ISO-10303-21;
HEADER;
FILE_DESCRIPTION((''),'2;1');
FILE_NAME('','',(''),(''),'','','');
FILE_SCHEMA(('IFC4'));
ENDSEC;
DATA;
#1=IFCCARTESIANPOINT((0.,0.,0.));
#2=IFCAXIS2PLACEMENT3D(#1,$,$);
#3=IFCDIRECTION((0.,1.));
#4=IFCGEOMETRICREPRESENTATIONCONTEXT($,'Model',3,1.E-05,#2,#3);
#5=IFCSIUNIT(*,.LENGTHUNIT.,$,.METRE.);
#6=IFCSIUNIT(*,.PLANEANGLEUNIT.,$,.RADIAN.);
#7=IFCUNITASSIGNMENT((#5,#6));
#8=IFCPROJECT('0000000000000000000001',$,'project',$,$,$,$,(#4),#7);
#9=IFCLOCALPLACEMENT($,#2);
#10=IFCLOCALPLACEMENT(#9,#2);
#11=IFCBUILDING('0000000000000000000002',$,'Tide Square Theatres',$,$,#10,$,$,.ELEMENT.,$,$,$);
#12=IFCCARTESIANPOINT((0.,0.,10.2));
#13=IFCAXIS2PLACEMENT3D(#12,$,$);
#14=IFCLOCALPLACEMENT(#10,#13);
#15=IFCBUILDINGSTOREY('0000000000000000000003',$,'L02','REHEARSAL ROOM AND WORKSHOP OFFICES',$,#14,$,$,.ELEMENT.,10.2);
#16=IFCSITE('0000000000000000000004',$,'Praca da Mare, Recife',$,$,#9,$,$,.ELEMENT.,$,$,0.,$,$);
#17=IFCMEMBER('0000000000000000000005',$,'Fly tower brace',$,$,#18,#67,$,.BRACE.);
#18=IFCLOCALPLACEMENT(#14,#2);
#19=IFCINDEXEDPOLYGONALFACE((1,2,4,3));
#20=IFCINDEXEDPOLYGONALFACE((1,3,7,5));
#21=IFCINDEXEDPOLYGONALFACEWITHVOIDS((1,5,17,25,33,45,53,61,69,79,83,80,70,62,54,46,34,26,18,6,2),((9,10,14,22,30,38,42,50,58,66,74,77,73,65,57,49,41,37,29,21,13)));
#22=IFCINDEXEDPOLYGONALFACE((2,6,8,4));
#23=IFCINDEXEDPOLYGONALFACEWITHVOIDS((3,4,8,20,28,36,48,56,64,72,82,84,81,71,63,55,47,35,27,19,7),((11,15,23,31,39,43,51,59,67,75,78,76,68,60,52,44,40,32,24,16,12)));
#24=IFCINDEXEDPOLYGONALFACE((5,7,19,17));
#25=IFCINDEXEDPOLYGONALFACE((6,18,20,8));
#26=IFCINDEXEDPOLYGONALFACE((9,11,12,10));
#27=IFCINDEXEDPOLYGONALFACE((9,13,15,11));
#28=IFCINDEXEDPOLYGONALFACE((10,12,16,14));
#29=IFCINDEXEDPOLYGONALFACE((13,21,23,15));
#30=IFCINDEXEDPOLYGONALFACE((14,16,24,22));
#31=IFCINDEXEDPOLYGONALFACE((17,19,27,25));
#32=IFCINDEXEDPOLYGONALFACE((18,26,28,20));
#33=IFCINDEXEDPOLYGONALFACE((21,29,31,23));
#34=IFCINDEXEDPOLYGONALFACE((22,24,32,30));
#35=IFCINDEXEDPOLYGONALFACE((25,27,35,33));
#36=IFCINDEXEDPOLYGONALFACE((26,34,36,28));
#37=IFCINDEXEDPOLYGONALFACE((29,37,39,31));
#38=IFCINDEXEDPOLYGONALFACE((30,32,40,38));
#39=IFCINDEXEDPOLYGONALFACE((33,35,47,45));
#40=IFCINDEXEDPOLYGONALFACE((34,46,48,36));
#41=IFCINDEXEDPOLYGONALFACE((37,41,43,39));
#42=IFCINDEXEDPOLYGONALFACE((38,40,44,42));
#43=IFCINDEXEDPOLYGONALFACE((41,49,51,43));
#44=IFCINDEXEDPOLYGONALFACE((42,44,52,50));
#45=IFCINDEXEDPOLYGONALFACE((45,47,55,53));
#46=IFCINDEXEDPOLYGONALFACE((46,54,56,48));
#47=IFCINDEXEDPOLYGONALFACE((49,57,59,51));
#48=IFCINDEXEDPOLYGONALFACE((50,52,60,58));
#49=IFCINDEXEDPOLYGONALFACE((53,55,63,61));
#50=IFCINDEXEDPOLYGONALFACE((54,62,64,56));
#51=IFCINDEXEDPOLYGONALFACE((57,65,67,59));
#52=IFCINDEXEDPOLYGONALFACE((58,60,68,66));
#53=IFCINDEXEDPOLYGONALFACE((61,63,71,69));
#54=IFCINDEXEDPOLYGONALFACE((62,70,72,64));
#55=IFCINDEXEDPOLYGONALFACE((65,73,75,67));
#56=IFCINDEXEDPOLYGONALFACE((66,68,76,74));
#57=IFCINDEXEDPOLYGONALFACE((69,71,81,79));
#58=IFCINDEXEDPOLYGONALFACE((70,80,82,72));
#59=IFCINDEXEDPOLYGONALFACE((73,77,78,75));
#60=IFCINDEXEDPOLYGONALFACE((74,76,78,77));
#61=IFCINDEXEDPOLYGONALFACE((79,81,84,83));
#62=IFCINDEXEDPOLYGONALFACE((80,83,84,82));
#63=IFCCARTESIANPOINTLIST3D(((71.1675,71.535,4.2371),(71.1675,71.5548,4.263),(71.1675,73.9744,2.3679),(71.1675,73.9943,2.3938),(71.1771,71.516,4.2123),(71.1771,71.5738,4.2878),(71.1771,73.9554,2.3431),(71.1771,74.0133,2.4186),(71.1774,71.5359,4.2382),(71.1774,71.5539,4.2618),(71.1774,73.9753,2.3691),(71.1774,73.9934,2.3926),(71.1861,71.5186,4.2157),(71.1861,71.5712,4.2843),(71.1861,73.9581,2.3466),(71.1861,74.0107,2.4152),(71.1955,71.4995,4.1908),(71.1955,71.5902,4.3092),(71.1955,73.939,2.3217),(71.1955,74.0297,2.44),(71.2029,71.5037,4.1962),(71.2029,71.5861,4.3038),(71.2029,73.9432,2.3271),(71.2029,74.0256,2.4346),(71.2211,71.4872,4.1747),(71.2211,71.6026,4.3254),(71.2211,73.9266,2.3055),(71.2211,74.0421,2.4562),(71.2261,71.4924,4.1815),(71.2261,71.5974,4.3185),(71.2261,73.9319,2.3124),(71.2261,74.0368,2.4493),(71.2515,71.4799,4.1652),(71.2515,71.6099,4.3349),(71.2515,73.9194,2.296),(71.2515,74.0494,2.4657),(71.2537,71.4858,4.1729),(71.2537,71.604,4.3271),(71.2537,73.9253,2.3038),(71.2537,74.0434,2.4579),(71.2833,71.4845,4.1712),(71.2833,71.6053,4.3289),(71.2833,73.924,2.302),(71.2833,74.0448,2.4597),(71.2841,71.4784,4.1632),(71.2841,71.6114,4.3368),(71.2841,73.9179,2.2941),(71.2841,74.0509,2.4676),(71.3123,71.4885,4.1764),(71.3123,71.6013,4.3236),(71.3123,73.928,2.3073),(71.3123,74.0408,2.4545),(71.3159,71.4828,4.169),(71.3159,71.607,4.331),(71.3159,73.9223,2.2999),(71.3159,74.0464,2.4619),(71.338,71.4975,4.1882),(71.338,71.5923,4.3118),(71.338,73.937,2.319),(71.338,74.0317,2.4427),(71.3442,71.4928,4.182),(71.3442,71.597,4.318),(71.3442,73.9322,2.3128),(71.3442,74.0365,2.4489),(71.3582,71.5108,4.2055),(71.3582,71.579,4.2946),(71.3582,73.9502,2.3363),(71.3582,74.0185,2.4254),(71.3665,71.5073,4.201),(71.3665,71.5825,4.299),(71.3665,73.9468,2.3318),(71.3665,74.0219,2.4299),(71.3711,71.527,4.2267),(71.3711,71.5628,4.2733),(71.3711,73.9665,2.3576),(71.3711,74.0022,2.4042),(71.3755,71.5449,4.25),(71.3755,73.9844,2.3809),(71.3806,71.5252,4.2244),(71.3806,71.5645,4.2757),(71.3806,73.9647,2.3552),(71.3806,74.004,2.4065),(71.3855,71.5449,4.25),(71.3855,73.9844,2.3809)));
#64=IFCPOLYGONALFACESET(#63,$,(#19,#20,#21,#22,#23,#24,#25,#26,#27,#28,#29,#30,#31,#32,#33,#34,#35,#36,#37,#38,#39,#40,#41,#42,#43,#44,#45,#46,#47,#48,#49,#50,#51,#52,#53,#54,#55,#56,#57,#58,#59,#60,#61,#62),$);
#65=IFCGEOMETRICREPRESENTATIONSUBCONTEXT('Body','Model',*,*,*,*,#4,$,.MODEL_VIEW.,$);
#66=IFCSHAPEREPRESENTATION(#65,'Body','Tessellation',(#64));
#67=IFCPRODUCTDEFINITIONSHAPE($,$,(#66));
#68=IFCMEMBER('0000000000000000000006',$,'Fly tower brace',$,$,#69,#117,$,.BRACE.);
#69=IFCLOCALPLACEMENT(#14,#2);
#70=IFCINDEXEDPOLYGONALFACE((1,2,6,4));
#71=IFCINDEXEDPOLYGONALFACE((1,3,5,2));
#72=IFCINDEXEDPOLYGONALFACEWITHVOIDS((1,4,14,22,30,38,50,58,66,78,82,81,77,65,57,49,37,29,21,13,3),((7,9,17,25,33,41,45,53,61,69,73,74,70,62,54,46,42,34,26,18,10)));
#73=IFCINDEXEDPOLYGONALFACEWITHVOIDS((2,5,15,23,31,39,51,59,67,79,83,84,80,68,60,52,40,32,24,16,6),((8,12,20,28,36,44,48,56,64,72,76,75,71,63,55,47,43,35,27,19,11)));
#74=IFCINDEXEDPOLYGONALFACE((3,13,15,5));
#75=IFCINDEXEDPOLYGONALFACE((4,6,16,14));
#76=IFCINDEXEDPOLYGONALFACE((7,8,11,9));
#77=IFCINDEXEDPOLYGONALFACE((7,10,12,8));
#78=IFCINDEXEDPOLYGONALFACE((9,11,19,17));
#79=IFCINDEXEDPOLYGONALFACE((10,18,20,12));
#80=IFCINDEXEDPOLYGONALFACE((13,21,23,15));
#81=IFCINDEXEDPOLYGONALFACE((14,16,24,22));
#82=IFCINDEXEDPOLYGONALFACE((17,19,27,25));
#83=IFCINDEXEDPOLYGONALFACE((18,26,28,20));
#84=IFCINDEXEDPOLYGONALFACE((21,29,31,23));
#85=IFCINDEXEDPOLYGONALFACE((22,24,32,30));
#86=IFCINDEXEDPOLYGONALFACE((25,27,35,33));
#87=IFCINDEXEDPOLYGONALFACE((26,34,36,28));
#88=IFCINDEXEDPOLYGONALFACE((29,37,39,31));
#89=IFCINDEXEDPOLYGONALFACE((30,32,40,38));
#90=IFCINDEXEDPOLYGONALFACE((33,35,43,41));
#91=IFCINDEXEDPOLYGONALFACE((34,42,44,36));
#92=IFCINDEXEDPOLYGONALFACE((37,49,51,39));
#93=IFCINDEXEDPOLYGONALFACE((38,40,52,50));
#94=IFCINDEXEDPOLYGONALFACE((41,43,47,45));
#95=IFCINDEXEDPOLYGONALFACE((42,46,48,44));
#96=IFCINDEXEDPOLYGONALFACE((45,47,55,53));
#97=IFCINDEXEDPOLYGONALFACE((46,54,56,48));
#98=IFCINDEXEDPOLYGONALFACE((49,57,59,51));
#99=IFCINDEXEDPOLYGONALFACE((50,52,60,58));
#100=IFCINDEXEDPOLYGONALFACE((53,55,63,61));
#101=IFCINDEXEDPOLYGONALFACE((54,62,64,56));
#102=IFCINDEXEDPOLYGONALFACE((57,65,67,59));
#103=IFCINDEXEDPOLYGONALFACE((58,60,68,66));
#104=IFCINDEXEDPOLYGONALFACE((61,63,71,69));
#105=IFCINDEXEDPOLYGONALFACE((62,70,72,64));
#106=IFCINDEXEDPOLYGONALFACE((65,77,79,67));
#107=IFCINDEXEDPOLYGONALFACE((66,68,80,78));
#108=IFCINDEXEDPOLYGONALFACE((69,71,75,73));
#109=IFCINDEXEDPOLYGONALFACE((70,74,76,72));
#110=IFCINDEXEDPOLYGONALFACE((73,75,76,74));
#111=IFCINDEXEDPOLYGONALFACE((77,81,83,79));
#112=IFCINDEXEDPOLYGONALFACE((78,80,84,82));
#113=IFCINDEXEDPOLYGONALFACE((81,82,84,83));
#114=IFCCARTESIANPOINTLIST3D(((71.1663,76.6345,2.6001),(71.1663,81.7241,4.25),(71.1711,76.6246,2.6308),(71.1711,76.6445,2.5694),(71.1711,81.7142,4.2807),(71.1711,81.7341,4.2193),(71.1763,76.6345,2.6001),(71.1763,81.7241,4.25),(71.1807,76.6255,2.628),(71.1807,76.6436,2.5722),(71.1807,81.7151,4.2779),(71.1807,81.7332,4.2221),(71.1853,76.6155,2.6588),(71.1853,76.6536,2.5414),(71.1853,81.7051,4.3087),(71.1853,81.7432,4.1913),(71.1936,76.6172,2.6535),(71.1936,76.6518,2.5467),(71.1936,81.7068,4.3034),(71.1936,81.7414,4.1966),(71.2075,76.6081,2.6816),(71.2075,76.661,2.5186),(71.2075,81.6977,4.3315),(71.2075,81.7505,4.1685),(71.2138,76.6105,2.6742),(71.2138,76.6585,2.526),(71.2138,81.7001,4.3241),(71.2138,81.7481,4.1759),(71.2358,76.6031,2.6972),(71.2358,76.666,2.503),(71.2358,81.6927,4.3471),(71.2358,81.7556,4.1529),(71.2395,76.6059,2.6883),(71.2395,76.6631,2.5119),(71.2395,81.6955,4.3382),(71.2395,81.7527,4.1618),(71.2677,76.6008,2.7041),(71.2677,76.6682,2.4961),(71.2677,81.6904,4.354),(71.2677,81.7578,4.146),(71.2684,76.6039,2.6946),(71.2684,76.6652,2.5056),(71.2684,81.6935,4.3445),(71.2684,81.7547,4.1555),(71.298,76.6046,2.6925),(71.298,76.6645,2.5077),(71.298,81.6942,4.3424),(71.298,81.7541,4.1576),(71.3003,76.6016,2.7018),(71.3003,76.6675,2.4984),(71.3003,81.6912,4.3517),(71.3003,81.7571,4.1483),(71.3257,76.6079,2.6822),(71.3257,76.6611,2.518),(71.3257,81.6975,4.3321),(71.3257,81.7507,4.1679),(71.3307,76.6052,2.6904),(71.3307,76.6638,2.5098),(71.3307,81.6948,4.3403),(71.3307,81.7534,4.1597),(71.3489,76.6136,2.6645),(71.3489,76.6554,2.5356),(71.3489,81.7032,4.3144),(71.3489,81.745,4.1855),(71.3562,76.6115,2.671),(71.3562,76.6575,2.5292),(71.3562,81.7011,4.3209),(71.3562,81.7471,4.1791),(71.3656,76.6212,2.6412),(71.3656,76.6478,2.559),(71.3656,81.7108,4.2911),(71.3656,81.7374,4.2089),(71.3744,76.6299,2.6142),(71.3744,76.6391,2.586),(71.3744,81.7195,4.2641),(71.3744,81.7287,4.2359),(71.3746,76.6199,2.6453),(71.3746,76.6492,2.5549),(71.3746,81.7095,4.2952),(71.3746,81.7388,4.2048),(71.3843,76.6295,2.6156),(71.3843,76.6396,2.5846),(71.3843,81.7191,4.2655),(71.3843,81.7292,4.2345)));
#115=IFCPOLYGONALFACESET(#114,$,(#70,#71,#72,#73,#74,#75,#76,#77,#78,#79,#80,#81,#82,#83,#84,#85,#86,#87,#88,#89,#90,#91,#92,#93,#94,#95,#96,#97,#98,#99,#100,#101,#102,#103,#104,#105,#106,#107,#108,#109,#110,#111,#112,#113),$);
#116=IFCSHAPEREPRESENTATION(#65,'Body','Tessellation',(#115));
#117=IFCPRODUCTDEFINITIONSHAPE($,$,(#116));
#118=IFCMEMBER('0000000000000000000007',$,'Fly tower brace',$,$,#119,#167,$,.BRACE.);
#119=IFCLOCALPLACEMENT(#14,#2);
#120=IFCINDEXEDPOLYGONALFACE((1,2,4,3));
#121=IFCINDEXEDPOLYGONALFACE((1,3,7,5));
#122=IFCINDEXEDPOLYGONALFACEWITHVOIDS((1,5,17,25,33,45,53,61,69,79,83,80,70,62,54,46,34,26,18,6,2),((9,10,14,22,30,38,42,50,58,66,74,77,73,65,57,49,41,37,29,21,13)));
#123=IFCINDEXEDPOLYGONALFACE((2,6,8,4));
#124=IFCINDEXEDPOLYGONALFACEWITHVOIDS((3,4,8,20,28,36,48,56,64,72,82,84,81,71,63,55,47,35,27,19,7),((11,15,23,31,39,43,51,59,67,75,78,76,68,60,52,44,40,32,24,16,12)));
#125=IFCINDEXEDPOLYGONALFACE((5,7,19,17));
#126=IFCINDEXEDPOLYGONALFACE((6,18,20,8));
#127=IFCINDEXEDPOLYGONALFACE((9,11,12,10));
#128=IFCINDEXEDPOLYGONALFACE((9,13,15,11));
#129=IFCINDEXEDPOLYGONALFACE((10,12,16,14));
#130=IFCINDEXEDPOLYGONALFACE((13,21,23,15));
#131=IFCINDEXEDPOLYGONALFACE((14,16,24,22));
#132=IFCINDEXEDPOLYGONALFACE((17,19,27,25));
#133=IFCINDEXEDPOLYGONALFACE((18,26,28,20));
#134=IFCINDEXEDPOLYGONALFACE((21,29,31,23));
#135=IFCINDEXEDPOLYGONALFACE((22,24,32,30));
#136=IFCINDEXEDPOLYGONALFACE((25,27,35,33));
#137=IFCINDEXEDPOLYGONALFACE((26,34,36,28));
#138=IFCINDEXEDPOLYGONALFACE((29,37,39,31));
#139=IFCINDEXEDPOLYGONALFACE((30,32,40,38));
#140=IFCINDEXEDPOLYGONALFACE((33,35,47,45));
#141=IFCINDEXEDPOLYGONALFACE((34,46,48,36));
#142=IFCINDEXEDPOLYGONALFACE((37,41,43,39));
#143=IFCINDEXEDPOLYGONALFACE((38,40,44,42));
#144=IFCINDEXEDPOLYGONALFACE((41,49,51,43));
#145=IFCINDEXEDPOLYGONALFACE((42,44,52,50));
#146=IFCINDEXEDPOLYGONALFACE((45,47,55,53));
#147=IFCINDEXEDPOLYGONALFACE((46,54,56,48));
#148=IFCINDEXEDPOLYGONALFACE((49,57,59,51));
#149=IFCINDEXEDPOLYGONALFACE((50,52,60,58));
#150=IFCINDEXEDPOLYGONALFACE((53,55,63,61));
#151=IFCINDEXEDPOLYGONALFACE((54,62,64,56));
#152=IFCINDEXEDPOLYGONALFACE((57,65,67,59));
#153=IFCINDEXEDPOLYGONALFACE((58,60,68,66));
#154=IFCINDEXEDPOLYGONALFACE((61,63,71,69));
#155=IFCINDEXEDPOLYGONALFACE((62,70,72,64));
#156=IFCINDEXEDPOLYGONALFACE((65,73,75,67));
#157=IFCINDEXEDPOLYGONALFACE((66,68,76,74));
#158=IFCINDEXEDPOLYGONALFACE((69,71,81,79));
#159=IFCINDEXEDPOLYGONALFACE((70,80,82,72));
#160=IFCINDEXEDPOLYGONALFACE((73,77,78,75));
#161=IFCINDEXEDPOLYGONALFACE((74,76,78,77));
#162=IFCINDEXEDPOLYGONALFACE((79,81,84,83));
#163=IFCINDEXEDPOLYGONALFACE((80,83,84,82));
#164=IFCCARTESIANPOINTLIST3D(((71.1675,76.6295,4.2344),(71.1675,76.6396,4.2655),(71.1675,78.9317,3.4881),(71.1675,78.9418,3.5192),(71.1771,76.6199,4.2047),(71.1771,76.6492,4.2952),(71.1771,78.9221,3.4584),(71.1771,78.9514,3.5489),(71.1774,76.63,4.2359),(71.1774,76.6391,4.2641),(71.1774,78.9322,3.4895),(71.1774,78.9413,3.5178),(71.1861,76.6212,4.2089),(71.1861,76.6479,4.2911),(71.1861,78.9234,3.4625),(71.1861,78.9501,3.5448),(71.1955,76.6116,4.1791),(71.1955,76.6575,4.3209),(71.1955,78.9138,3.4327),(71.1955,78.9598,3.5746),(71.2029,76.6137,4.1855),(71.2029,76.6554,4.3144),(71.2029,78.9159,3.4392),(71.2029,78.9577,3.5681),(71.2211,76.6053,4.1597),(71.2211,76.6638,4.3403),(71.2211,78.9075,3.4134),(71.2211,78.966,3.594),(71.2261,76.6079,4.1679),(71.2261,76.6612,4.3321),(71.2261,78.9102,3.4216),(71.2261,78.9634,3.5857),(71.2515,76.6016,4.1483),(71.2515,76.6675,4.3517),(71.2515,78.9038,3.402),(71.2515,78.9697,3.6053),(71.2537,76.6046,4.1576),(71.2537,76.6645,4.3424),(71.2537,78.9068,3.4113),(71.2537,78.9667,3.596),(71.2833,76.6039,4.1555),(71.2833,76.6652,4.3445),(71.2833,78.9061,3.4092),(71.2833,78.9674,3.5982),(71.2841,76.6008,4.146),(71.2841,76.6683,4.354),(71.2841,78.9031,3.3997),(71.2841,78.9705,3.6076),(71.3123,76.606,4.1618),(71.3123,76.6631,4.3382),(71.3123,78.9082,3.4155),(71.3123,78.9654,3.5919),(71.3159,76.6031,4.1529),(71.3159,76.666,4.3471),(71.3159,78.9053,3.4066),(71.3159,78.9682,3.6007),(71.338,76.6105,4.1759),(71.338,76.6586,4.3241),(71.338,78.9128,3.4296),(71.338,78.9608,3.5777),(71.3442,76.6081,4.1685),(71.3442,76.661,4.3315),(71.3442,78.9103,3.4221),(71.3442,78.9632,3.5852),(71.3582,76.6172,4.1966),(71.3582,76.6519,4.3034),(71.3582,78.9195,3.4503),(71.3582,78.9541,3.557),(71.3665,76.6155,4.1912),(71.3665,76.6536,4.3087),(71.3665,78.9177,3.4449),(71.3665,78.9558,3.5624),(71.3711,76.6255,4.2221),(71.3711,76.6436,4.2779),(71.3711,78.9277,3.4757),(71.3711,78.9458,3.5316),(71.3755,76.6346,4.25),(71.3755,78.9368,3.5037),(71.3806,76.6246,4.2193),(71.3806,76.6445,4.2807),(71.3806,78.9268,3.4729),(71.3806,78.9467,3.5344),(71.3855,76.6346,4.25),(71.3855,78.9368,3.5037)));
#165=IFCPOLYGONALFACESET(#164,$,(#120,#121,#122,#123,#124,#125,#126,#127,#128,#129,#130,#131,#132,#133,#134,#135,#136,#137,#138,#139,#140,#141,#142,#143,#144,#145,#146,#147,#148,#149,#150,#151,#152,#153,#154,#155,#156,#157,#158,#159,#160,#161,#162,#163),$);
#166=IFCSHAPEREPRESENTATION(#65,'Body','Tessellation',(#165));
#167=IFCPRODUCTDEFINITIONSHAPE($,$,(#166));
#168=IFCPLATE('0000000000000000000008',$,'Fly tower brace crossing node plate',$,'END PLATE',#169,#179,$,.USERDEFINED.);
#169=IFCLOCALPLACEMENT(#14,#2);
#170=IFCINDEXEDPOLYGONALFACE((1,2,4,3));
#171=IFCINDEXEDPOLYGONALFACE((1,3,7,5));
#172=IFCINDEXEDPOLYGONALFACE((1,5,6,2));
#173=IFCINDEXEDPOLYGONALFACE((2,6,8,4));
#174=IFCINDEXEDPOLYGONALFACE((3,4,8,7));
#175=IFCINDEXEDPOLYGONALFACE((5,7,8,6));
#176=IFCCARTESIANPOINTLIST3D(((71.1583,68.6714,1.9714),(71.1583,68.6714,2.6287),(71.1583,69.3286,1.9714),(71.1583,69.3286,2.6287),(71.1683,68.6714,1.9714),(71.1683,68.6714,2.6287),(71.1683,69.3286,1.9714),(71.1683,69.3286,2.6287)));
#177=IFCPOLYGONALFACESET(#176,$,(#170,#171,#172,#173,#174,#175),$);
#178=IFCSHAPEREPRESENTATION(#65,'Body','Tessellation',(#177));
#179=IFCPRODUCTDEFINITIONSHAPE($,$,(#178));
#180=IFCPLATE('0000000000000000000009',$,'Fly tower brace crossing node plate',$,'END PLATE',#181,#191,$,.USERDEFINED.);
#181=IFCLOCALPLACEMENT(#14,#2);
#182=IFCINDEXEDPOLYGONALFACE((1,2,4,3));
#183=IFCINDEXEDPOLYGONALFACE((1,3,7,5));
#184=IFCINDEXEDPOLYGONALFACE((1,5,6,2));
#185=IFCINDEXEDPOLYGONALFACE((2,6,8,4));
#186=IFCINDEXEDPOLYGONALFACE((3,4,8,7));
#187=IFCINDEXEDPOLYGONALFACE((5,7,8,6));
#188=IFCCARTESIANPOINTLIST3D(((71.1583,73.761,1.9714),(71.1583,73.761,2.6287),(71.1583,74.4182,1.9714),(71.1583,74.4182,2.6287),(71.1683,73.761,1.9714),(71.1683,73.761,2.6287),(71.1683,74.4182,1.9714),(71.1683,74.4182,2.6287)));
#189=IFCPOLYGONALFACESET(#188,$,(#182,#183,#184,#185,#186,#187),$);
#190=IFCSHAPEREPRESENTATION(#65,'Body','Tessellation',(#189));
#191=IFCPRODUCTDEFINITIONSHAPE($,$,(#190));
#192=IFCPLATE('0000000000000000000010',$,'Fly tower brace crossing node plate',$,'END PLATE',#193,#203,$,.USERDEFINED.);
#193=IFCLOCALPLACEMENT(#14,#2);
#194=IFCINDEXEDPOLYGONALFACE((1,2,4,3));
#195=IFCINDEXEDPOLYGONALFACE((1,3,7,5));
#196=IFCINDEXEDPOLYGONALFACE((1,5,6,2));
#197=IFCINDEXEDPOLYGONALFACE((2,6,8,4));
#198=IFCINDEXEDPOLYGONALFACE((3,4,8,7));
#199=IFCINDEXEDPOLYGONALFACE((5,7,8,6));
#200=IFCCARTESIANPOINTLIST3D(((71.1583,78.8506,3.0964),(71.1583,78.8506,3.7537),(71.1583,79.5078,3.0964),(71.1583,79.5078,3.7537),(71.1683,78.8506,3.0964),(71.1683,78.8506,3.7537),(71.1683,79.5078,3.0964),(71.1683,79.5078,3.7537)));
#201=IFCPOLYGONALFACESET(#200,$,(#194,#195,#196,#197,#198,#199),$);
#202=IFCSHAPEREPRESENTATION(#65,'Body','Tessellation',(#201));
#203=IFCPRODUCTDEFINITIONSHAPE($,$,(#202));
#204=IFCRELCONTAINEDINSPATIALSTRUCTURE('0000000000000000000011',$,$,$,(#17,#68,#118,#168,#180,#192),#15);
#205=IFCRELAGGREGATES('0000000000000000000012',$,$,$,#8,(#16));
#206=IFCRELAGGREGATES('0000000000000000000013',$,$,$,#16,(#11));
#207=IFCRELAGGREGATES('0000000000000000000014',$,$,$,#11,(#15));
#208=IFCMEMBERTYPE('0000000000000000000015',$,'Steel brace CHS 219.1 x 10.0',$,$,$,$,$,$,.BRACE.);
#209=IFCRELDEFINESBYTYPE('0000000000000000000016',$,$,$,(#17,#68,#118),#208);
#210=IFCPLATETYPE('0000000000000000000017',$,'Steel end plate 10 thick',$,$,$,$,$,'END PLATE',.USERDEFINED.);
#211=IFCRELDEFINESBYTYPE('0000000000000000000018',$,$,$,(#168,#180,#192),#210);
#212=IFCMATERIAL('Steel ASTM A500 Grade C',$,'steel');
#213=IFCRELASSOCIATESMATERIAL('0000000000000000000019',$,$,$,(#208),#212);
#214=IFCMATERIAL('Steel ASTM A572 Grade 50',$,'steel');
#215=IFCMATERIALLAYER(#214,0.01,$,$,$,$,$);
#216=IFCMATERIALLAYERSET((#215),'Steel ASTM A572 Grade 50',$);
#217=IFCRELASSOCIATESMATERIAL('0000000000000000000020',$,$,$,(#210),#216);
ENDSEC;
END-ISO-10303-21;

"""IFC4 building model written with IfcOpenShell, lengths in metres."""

from ifc_helpers import new_model, si_unit, direction, frame, origin, origin_2d, place, context, subcontext, project, spatial, rectangle, hollow_circle, extrude, material, layer, layer_set, material_profile, profile_set, type_object, element, save


model = new_model("IFC4")

# Units and contexts
model_context = context("Model", 3, precision=1e-05, world=origin(), true_north=direction((0.0, 1.0)))
body_context = subcontext(model_context, "Body", "Model", "MODEL_VIEW")
ifc_project = project(units=[si_unit("LENGTHUNIT", "METRE"), si_unit("PLANEANGLEUNIT", "RADIAN")], contexts=[model_context])

# Site, building, storey
site_placement = place(None, origin())
site = spatial("IfcSite", under=ifc_project, at=site_placement, Name="Praca da Mare, Recife", CompositionType="ELEMENT", RefElevation=0.0)
building_placement = place(site_placement, origin())
building = spatial("IfcBuilding", under=site, at=building_placement, Name="Tide Square Theatres", CompositionType="ELEMENT")
storey_placement = place(building_placement, frame((0.0, 0.0, 10.2)))
storey = spatial("IfcBuildingStorey", under=building, at=storey_placement, Name="L02", Description="REHEARSAL ROOM AND WORKSHOP OFFICES", CompositionType="ELEMENT", Elevation=10.2)

# Members
ifc_material_1 = material(Name="Steel ASTM A500 Grade C", Category="steel")
ifc_material_profile_1 = material_profile(ifc_material_1, hollow_circle(Radius=0.1096, WallThickness=0.01, at=origin_2d()))
ifc_profile_set_1 = profile_set([ifc_material_profile_1], Name="Steel ASTM A500 Grade C")
member_type = type_object("IfcMemberType", Name="Steel brace CHS 219.1 x 10.0", PredefinedType="BRACE", material=ifc_profile_set_1)
member_1_placement = place(storey_placement, frame((71.2759, 73.9844, 2.3809), z_axis=(0.0, -0.79378, 0.608205), x_axis=(1.0, 0.0, 0.0)))
element("IfcMember", 1, at=member_1_placement, inside=storey, type_object=member_type, Name="Fly tower brace", PredefinedType="BRACE", context=body_context, shape_type="SweptSolid", body=[
    extrude(hollow_circle(Radius=0.1096, WallThickness=0.01, at=origin_2d()), origin(), (0.0, 0.0, 1.0), 3.0732),
])
member_2_placement = place(storey_placement, frame((71.2759, 76.6345, 2.6001), z_axis=(0.0, 0.951266, 0.308373), x_axis=(-1.0, 0.0, 0.0)))
element("IfcMember", 2, at=member_2_placement, inside=storey, type_object=member_type, Name="Fly tower brace", PredefinedType="BRACE", context=body_context, shape_type="SweptSolid", body=[
    extrude(hollow_circle(Radius=0.1096, WallThickness=0.01, at=origin_2d()), origin(), (0.0, 0.0, 1.0), 5.3503),
])
member_3_placement = place(storey_placement, frame((71.2759, 78.9368, 3.5037), z_axis=(0.0, -0.951264, 0.308379), x_axis=(1.0, 0.0, 0.0)))
element("IfcMember", 3, at=member_3_placement, inside=storey, type_object=member_type, Name="Fly tower brace", PredefinedType="BRACE", context=body_context, shape_type="SweptSolid", body=[
    extrude(hollow_circle(Radius=0.1096, WallThickness=0.01, at=origin_2d()), origin(), (0.0, 0.0, 1.0), 2.4202),
])

# Plates
ifc_material_2 = material(Name="Steel ASTM A572 Grade 50", Category="steel")
ifc_layer_1 = layer(ifc_material_2, 0.01)
ifc_layer_set_1 = layer_set([ifc_layer_1], Name="Steel ASTM A572 Grade 50")
plate_type = type_object("IfcPlateType", Name="Steel end plate 10 thick", ElementType="END PLATE", PredefinedType="USERDEFINED", material=ifc_layer_set_1)
for number, where, z_axis, x_axis, name in (
    (4, (71.1633, 69.0, 1.9714), (0.0, 0.0, 1.0), (-1.0, 0.0, 0.0), "Fly tower brace crossing node plate"),
    (5, (71.1633, 74.0896, 1.9714), (0.0, 0.0, 1.0), (-1.0, 0.0, 0.0), "Fly tower brace crossing node plate"),
    (6, (71.1633, 79.1792, 3.0964), (0.0, 0.0, 1.0), (-1.0, 0.0, 0.0), "Fly tower brace crossing node plate"),
):
    element("IfcPlate", number, at=place(storey_placement, frame(where, z_axis=z_axis, x_axis=x_axis)), inside=storey, type_object=plate_type, Name=name, ObjectType="END PLATE", PredefinedType="USERDEFINED", context=body_context, shape_type="SweptSolid", body=[
        extrude(rectangle(XDim=0.01, YDim=0.6572, at=origin_2d()), origin(), (0.0, 0.0, 1.0), 0.6572),
    ])

save(model, "model.ifc")
